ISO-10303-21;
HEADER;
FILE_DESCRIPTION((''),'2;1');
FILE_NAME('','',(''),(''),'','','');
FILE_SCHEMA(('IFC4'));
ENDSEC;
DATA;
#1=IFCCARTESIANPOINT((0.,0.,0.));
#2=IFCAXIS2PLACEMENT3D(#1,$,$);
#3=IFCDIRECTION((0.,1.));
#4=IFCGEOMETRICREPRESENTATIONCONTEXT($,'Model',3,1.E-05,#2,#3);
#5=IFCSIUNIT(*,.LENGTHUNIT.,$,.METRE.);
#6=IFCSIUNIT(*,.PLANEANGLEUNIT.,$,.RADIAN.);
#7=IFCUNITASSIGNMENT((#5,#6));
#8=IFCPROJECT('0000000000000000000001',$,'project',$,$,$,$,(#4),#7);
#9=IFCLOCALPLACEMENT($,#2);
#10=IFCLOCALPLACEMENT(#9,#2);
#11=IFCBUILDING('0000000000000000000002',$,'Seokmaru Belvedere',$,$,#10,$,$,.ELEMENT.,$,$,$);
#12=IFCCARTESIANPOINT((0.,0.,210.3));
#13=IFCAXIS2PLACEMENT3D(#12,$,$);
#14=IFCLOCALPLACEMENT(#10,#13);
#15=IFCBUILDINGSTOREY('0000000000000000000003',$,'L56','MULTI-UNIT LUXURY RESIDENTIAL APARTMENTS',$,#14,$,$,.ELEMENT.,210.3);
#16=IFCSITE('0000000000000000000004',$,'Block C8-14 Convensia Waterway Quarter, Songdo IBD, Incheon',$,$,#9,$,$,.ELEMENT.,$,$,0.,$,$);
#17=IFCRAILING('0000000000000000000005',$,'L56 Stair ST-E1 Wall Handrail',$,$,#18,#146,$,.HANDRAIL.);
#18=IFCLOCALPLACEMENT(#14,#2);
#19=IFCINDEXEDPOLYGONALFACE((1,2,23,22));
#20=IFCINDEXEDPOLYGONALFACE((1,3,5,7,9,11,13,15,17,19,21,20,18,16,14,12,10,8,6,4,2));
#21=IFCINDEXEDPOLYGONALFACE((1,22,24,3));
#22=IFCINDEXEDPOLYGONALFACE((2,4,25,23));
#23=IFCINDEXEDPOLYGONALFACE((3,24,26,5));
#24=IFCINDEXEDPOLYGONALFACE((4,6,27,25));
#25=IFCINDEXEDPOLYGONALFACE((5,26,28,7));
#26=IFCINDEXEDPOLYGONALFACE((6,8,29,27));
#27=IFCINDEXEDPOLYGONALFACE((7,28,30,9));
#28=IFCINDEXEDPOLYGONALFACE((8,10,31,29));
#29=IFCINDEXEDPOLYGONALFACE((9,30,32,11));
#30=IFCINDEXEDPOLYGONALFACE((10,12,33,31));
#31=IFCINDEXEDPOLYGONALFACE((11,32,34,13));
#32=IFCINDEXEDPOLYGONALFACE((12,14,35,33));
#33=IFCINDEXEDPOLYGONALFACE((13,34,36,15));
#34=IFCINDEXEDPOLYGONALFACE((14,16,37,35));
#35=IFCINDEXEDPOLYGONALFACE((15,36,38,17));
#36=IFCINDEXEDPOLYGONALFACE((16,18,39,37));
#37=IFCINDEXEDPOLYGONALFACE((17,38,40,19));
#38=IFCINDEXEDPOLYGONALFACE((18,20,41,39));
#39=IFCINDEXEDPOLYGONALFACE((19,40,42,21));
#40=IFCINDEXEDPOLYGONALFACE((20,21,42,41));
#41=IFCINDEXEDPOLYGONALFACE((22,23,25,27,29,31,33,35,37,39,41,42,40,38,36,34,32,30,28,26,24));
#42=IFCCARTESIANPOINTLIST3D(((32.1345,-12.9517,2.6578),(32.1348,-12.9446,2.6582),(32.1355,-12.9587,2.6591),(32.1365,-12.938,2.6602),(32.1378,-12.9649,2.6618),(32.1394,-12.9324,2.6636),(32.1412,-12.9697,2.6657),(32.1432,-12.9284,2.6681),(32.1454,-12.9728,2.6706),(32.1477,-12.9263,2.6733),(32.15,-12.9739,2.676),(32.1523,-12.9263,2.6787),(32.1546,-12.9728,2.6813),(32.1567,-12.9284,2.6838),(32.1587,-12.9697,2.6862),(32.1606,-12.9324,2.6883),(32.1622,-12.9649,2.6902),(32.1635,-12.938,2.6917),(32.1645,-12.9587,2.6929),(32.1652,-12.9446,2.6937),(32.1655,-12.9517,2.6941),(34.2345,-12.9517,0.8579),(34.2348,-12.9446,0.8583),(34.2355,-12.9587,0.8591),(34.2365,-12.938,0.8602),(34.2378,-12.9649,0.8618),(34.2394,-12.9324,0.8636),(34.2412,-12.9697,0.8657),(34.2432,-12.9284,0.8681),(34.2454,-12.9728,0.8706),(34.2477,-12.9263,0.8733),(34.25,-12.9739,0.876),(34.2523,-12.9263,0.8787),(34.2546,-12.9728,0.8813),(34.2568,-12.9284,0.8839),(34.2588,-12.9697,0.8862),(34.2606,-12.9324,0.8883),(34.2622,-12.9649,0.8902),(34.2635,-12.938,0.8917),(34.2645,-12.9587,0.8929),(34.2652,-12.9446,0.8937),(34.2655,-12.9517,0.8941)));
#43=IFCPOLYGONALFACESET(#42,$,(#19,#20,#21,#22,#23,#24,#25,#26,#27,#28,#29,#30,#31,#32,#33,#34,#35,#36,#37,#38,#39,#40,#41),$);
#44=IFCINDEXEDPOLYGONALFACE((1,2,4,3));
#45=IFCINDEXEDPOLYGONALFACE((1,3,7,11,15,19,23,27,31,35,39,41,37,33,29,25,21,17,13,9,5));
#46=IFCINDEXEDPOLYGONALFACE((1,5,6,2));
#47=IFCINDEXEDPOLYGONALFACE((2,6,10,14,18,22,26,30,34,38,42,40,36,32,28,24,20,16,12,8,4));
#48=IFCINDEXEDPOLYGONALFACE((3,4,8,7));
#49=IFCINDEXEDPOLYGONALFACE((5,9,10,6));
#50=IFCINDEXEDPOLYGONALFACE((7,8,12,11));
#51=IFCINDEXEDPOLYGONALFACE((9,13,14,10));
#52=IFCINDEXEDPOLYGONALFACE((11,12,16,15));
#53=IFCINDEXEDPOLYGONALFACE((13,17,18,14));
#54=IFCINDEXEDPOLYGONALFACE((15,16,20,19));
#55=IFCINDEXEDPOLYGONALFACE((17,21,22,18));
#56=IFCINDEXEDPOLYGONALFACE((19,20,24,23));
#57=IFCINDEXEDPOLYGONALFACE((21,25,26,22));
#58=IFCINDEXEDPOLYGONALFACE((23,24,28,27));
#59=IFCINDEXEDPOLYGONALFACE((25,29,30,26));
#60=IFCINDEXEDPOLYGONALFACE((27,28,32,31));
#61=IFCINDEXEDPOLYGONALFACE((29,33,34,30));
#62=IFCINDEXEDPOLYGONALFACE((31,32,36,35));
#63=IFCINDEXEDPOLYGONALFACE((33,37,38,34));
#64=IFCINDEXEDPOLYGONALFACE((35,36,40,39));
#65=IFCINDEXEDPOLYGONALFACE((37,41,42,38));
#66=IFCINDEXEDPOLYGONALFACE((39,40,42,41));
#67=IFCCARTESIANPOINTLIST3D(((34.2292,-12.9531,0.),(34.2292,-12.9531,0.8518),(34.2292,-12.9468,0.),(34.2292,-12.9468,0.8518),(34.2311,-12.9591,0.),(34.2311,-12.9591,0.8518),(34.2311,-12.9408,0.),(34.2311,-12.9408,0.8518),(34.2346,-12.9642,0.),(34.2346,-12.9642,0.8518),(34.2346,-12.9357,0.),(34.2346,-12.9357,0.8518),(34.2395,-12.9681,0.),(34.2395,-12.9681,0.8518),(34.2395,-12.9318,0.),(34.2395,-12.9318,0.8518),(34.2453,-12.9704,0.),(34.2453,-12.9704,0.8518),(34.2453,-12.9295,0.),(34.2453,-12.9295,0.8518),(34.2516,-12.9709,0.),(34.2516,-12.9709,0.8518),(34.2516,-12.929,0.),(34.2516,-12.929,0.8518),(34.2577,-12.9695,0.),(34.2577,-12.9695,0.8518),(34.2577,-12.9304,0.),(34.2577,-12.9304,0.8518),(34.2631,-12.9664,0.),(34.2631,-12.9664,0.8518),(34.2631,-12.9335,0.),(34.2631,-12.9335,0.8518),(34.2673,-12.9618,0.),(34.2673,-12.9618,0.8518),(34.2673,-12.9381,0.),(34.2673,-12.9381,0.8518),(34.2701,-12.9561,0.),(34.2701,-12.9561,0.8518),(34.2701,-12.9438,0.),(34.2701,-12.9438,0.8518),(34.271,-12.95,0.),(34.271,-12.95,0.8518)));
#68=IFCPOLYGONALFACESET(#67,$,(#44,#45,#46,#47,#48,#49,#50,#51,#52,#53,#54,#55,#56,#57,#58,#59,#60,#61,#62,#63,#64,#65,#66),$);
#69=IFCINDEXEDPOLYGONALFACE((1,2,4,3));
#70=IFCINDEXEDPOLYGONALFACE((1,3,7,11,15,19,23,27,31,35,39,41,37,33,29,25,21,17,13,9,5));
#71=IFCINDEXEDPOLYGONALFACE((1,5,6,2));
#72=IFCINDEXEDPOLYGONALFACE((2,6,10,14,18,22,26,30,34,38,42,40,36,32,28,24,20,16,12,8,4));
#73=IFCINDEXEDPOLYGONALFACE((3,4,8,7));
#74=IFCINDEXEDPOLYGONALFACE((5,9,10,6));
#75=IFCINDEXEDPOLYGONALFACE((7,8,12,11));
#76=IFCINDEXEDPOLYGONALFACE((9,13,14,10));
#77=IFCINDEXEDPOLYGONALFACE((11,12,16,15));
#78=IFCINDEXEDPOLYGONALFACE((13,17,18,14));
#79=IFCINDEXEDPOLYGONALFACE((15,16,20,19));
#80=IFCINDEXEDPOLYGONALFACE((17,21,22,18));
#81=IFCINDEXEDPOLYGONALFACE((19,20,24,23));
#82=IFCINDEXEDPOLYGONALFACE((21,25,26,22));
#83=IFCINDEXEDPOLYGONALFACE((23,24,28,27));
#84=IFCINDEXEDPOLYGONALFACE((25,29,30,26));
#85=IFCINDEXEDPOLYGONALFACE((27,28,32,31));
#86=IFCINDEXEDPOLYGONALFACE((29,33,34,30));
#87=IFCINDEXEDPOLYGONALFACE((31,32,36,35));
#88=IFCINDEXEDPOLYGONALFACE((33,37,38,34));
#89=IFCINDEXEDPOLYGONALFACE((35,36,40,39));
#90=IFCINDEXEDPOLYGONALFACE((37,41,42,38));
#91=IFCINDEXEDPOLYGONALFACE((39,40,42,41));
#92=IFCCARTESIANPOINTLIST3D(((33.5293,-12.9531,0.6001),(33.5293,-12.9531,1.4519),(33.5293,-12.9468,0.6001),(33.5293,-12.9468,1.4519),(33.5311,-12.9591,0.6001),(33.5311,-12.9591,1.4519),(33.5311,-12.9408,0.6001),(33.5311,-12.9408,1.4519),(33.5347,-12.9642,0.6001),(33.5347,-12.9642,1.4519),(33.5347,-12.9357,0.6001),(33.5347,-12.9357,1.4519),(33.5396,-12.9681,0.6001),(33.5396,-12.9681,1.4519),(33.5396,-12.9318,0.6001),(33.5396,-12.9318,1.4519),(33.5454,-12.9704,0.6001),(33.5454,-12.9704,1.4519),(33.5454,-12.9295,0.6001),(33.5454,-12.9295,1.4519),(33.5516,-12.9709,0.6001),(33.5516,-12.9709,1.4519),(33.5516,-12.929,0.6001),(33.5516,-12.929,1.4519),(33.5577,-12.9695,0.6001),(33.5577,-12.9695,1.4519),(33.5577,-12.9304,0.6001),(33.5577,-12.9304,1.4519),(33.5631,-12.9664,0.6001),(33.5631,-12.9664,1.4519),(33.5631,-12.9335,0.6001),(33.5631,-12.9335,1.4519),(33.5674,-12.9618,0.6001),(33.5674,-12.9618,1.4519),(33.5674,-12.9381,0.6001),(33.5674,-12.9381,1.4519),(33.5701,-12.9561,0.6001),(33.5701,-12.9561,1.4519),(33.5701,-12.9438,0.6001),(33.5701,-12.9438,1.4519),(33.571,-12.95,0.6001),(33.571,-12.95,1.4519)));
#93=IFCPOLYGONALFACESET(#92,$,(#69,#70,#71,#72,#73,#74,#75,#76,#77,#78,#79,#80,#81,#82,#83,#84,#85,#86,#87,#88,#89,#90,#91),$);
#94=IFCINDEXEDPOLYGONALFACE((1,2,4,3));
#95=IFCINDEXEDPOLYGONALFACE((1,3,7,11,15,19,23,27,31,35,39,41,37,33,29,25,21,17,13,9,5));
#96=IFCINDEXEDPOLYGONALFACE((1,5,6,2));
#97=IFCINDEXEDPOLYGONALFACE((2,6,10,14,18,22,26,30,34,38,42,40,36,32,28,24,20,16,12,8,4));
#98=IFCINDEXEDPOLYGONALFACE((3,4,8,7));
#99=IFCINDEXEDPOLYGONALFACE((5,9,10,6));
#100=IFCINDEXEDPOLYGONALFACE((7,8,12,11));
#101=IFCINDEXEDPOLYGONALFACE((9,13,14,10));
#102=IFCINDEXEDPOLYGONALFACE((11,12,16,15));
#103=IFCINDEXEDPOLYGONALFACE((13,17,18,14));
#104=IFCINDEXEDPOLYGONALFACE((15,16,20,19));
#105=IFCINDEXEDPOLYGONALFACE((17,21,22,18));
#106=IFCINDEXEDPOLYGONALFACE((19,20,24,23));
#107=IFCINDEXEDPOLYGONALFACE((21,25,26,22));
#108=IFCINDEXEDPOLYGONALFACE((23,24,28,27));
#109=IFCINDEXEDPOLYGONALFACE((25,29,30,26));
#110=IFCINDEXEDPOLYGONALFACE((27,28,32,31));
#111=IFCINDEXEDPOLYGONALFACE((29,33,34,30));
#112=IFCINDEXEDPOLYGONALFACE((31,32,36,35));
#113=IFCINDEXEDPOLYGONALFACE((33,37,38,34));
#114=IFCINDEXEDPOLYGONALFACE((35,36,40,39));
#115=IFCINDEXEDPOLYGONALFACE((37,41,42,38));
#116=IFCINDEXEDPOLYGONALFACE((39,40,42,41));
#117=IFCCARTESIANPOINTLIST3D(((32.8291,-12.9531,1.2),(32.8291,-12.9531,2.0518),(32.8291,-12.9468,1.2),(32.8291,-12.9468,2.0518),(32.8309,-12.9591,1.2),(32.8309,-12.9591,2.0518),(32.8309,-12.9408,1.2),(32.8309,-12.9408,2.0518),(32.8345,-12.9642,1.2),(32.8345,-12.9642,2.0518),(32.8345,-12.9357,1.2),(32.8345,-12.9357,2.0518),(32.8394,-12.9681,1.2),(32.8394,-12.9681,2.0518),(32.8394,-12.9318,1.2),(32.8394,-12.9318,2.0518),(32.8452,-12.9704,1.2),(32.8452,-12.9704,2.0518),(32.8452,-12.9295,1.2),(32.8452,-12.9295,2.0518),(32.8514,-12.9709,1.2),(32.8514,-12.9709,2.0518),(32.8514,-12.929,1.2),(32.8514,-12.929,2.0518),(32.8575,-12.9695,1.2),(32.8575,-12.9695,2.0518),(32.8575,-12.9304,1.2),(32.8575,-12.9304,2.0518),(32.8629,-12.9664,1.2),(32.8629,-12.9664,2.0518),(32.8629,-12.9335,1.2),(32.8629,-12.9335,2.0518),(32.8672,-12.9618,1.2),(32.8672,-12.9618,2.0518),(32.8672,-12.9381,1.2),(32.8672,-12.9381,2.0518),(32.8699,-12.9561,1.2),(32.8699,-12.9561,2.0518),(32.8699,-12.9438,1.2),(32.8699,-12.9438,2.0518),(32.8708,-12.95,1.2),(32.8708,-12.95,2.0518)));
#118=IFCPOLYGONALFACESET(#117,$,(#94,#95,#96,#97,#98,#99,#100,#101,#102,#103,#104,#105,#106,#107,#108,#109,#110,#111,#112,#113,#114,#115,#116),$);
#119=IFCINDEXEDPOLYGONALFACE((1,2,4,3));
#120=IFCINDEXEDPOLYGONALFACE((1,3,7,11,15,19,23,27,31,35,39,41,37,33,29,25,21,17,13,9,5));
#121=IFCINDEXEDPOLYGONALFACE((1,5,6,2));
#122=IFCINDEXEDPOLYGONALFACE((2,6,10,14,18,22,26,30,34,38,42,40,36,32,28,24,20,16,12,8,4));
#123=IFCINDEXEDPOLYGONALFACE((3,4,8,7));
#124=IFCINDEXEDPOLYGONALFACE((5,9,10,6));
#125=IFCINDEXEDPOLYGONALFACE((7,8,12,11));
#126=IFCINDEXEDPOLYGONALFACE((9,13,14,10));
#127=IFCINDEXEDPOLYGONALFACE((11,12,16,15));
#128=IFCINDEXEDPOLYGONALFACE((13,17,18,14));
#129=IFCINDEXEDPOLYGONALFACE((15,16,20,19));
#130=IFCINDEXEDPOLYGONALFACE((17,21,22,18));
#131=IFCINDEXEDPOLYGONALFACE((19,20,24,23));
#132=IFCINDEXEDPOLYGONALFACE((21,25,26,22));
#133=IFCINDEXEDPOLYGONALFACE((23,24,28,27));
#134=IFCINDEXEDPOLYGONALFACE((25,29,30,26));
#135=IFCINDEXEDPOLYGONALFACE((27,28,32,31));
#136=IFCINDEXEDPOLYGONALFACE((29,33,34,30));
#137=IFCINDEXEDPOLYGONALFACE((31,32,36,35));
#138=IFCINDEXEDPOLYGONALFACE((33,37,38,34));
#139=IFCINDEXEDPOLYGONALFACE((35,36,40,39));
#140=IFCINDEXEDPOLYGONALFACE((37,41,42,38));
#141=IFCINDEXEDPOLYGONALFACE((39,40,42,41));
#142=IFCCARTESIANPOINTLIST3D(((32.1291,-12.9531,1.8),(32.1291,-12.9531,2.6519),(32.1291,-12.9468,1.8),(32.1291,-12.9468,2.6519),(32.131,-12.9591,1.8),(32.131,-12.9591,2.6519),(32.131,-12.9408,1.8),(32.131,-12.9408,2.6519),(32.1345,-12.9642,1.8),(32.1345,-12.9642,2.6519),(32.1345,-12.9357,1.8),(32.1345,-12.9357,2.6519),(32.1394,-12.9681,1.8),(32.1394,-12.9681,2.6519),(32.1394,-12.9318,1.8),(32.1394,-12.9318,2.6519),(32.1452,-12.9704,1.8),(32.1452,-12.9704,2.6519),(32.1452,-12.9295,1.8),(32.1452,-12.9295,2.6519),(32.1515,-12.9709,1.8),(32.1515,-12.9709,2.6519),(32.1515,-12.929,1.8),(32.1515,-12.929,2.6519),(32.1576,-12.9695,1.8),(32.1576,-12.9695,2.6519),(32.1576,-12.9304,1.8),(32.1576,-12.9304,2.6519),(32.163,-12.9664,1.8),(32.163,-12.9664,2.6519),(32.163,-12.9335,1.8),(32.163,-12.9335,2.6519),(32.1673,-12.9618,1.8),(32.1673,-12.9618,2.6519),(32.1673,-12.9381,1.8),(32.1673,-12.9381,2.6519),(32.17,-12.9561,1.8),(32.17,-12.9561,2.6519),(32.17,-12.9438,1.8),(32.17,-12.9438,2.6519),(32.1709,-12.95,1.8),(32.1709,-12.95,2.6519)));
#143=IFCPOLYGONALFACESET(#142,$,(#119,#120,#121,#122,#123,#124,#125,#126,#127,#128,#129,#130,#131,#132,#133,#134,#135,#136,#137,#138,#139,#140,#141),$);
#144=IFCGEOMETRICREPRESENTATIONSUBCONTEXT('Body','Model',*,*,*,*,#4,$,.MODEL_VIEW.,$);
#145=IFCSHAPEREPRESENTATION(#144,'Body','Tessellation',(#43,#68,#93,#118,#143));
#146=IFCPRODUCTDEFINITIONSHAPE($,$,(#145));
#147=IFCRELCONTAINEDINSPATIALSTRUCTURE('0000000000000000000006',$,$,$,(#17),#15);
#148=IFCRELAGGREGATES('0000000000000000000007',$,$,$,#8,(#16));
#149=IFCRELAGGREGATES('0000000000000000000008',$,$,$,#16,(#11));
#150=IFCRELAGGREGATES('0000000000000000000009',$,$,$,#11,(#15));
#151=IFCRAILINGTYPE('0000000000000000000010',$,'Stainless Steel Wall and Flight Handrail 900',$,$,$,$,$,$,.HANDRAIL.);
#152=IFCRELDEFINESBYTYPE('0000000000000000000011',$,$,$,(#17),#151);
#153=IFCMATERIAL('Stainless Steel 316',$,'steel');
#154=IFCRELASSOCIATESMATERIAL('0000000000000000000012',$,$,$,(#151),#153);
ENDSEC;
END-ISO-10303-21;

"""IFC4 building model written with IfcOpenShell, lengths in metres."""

from ifc_helpers import new_model, si_unit, direction, frame, origin, origin_2d, place, context, subcontext, project, spatial, circle, extrude, material, type_object, element, save


model = new_model("IFC4")

# Units and contexts
model_context = context("Model", 3, precision=1e-05, world=origin(), true_north=direction((0.0, 1.0)))
body_context = subcontext(model_context, "Body", "Model", "MODEL_VIEW")
ifc_project = project(units=[si_unit("LENGTHUNIT", "METRE"), si_unit("PLANEANGLEUNIT", "RADIAN")], contexts=[model_context])

# Site, building, storey
site_placement = place(None, origin())
site = spatial("IfcSite", under=ifc_project, at=site_placement, Name="Block C8-14 Convensia Waterway Quarter, Songdo IBD, Incheon", CompositionType="ELEMENT", RefElevation=0.0)
building_placement = place(site_placement, origin())
building = spatial("IfcBuilding", under=site, at=building_placement, Name="Seokmaru Belvedere", CompositionType="ELEMENT")
storey_placement = place(building_placement, frame((0.0, 0.0, 210.3)))
storey = spatial("IfcBuildingStorey", under=building, at=storey_placement, Name="L56", Description="MULTI-UNIT LUXURY RESIDENTIAL APARTMENTS", CompositionType="ELEMENT", Elevation=210.3)

# Shared definitions
ifc_material_1 = material(Name="Stainless Steel 316", Category="steel")

# Railing
railing_type_1 = type_object("IfcRailingType", Name="Stainless Steel Wall and Flight Handrail 900", PredefinedType="HANDRAIL", material=ifc_material_1)
railing_1_placement = place(storey_placement, frame((34.25, -12.95, 0.0)))
element("IfcRailing", 1, at=railing_1_placement, inside=storey, type_object=railing_type_1, Name="L56 Stair ST-E1 Wall Handrail", PredefinedType="HANDRAIL", context=body_context, shape_type="SweptSolid", body=[
    extrude(circle(Radius=0.0239, at=origin_2d()), frame((0.0, 0.0, 0.876), z_axis=(-0.759263, 0.0, 0.650784), x_axis=(0.0, -1.0, 0.0)), (0.0, 0.0, 1.0), 2.7659),
    extrude(circle(Radius=0.021, at=origin_2d()), origin(), (0.0, 0.0, 1.0), 0.8518),
    extrude(circle(Radius=0.021, at=origin_2d()), frame((-0.7, 0.0, 0.6001)), (0.0, 0.0, 1.0), 0.8518),
    extrude(circle(Radius=0.021, at=origin_2d()), frame((-1.4001, 0.0, 1.2)), (0.0, 0.0, 1.0), 0.8518),
    extrude(circle(Radius=0.021, at=origin_2d()), frame((-2.1001, 0.0, 1.8)), (0.0, 0.0, 1.0), 0.8518),
])

save(model, "model.ifc")
